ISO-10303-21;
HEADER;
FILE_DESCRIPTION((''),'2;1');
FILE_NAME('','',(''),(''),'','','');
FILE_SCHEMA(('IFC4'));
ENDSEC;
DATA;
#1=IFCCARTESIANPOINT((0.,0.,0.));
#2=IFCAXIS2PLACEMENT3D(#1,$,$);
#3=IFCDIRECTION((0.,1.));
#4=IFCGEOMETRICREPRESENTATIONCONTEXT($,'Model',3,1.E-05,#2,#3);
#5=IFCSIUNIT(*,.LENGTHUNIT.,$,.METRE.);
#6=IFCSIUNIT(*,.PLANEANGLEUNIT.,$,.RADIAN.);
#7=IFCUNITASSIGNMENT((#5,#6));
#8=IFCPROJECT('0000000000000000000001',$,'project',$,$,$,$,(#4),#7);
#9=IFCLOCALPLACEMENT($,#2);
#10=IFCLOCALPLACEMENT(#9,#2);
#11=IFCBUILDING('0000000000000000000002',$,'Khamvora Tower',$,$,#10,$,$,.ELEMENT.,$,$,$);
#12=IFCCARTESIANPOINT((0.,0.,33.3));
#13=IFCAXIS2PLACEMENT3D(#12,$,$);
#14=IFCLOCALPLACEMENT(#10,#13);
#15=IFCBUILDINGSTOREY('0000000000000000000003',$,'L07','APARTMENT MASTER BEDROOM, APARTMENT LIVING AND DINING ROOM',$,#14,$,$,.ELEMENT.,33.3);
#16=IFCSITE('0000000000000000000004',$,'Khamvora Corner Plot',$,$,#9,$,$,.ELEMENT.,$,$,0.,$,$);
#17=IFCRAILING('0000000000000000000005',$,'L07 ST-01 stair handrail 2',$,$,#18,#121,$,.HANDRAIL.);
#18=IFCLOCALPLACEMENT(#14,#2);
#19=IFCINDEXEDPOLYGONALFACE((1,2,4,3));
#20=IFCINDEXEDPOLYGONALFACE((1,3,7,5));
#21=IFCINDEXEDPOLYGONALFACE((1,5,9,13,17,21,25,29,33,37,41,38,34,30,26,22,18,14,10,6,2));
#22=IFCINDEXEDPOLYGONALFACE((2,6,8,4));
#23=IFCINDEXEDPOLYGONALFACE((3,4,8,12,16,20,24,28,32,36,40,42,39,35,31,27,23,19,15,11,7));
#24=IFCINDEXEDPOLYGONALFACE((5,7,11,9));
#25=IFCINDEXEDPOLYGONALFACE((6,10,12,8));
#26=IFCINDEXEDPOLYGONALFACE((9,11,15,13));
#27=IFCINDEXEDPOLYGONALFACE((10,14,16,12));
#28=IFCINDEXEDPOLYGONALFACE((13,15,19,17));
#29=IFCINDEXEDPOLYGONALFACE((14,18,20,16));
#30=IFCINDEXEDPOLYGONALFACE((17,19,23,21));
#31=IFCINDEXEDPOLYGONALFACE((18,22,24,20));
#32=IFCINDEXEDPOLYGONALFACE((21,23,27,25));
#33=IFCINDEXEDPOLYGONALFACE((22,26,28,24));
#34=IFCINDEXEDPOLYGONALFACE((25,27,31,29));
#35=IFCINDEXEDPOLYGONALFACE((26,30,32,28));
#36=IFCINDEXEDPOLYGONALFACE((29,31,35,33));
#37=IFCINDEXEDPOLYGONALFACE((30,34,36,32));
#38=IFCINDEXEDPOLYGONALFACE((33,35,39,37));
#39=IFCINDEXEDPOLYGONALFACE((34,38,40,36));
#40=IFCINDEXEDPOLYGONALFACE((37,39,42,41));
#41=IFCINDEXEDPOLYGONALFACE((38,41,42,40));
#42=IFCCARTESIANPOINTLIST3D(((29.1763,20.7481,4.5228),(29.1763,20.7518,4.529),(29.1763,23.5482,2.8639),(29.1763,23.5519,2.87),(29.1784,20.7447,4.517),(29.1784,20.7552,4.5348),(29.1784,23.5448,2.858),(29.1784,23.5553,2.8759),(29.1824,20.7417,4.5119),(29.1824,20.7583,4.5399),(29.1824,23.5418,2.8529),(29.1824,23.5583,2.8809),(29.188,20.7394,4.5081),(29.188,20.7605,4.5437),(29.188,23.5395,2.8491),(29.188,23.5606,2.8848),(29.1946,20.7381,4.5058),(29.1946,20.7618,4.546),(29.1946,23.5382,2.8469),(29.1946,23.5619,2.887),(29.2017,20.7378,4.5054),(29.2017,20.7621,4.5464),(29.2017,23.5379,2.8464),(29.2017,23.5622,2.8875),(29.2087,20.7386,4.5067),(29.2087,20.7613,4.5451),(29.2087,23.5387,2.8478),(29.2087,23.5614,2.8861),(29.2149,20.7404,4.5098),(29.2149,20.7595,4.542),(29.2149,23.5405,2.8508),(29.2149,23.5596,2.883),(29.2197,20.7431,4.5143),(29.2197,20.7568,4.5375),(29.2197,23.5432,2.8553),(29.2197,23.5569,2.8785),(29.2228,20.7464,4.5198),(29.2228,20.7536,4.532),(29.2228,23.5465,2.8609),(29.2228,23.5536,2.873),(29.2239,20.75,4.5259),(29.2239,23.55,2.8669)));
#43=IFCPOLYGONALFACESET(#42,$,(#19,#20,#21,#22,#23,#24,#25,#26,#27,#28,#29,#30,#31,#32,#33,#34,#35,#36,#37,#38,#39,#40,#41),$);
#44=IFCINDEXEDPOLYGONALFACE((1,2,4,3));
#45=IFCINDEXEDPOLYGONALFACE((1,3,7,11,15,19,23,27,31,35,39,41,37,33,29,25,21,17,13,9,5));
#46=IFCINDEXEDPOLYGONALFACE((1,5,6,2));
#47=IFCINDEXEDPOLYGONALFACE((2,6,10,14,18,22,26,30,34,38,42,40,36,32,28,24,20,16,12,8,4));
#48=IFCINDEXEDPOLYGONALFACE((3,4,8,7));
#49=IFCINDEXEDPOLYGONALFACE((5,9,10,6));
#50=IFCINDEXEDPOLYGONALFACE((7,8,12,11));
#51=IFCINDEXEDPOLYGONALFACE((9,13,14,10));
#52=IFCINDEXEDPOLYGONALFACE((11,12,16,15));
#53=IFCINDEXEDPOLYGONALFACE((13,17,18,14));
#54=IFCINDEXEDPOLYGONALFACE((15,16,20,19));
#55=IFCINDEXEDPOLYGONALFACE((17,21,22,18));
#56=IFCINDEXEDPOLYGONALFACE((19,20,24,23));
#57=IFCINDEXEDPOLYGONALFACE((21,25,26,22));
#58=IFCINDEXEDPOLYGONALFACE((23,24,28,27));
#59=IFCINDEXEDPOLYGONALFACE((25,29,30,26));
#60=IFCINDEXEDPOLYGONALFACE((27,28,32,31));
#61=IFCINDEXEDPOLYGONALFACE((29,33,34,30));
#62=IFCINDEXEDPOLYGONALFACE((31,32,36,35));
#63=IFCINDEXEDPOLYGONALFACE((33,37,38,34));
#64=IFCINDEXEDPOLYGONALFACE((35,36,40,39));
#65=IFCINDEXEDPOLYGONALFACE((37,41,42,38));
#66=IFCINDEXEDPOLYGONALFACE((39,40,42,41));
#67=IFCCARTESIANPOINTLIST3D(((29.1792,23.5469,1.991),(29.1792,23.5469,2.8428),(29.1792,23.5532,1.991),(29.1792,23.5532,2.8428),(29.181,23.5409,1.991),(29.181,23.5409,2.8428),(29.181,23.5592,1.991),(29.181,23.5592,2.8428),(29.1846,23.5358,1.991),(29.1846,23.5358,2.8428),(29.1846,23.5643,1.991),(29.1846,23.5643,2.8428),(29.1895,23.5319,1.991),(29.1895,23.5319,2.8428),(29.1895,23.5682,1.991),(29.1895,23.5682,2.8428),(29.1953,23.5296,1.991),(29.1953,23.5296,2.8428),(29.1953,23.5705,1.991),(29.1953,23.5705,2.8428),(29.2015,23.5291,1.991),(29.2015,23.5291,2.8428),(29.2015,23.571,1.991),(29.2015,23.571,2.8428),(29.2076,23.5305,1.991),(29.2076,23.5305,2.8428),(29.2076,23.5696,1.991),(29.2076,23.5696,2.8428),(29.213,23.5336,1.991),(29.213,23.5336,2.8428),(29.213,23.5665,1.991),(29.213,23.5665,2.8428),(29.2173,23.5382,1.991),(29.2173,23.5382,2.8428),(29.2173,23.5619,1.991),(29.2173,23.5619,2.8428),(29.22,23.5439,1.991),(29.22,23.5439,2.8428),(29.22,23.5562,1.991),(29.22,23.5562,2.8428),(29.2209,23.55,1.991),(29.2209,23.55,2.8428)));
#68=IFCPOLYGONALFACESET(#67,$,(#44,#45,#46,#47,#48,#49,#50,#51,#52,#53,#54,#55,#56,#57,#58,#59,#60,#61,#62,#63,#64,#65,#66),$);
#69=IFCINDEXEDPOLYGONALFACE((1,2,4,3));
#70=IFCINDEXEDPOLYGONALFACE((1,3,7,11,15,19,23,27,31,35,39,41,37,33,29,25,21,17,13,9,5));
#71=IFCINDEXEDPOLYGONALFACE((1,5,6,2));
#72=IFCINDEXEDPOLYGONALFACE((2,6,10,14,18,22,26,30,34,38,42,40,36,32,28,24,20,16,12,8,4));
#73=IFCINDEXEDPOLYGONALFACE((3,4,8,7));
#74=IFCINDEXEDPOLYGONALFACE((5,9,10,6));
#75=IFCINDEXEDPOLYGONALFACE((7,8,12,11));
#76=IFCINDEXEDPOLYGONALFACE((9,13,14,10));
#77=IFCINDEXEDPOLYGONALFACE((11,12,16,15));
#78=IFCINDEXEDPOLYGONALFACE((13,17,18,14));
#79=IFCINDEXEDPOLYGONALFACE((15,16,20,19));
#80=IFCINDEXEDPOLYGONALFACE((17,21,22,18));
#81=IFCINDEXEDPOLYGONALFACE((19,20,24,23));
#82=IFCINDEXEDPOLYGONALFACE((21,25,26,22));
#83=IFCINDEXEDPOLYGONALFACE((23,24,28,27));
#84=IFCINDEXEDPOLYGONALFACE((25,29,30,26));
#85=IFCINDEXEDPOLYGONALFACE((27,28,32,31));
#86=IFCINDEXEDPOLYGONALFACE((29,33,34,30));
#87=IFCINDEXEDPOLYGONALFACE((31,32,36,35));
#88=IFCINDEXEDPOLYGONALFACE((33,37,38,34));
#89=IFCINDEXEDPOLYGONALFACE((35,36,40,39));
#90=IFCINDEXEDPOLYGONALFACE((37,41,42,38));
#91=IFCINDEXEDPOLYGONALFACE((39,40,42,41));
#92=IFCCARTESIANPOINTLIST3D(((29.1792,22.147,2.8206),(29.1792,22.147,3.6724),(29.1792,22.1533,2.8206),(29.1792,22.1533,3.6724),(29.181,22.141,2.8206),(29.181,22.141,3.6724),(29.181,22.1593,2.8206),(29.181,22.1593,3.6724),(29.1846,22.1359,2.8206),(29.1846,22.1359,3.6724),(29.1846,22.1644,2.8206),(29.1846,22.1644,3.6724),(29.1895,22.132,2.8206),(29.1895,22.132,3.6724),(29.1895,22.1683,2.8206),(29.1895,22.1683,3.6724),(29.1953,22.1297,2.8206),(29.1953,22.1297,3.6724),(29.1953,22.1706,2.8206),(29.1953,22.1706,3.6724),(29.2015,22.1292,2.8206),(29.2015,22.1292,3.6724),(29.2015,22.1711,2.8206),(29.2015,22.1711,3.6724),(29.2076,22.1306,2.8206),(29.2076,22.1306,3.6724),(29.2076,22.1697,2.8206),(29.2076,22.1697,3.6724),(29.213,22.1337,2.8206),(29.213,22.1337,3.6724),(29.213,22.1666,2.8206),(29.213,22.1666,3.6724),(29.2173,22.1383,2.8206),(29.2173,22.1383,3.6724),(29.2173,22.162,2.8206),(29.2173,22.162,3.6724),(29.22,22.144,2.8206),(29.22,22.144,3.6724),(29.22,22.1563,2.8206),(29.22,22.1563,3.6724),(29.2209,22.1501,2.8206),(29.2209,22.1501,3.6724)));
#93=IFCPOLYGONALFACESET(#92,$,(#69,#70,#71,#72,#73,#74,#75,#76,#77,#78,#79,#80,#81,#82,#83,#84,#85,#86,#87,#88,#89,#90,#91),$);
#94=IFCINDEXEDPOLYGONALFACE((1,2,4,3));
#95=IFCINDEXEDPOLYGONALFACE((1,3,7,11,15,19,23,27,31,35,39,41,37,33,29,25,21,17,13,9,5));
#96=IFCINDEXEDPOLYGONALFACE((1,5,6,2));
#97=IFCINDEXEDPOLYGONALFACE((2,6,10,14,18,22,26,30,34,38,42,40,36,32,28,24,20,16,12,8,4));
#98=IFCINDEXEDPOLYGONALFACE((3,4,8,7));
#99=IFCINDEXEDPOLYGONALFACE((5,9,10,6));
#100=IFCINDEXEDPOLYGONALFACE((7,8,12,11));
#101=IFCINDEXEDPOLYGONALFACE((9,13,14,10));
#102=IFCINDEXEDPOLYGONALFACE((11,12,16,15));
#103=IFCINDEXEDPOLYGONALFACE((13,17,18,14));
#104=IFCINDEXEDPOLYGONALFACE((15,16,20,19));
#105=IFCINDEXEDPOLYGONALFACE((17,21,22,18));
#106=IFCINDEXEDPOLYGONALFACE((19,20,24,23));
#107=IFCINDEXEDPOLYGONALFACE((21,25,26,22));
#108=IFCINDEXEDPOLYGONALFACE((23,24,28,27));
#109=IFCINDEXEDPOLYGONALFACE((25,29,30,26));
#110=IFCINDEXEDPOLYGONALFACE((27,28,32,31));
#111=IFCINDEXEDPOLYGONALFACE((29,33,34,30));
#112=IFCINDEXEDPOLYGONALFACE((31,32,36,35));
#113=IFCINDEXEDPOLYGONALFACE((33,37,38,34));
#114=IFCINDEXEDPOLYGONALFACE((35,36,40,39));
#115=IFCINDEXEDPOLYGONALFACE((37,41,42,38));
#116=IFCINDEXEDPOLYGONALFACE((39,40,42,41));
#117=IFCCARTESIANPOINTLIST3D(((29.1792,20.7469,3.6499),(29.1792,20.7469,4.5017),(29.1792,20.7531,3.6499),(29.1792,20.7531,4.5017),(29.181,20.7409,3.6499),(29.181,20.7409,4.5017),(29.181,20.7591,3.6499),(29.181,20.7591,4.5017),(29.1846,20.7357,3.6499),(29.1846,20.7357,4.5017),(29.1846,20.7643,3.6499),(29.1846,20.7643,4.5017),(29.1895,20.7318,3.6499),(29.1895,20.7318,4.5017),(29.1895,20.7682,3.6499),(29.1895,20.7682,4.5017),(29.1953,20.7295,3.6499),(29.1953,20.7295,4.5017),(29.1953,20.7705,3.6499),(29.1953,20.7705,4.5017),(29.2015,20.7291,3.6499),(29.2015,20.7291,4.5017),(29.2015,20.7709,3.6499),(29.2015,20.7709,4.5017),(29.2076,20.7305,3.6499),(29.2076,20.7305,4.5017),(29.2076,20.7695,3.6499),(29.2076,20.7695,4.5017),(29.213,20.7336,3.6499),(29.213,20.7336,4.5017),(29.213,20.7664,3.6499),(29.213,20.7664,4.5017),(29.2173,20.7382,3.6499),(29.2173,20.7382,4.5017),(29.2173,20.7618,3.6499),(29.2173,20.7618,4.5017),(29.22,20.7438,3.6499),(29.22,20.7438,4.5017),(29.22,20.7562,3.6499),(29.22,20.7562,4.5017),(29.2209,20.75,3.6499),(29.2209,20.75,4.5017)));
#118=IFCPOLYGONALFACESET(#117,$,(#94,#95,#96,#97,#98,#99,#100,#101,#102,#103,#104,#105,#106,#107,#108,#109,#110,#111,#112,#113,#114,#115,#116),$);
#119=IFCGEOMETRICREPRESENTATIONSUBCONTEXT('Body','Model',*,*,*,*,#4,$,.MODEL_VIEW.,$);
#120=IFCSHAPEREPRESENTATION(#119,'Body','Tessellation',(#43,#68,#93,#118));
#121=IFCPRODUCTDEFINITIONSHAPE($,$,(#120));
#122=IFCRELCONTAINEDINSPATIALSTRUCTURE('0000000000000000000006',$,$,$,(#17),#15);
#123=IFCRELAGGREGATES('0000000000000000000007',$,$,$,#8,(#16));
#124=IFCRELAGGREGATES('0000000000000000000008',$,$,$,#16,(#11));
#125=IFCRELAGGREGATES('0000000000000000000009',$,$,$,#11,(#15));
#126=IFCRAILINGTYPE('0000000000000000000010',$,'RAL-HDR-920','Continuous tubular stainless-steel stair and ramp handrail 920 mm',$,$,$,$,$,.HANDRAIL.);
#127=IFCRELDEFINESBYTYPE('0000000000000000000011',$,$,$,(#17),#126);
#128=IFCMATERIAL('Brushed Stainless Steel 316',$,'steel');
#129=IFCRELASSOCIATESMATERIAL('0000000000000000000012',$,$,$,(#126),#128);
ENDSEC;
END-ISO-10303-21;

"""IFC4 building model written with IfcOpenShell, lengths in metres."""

from ifc_helpers import new_model, si_unit, direction, frame, origin, origin_2d, place, context, subcontext, project, spatial, circle, extrude, material, type_object, element, save


model = new_model("IFC4")

# Units and contexts
model_context = context("Model", 3, precision=1e-05, world=origin(), true_north=direction((0.0, 1.0)))
body_context = subcontext(model_context, "Body", "Model", "MODEL_VIEW")
ifc_project = project(units=[si_unit("LENGTHUNIT", "METRE"), si_unit("PLANEANGLEUNIT", "RADIAN")], contexts=[model_context])

# Site, building, storey
site_placement = place(None, origin())
site = spatial("IfcSite", under=ifc_project, at=site_placement, Name="Khamvora Corner Plot", CompositionType="ELEMENT", RefElevation=0.0)
building_placement = place(site_placement, origin())
building = spatial("IfcBuilding", under=site, at=building_placement, Name="Khamvora Tower", CompositionType="ELEMENT")
storey_placement = place(building_placement, frame((0.0, 0.0, 33.3)))
storey = spatial("IfcBuildingStorey", under=building, at=storey_placement, Name="L07", Description="APARTMENT MASTER BEDROOM, APARTMENT LIVING AND DINING ROOM", CompositionType="ELEMENT", Elevation=33.3)

# Railing
ifc_material_1 = material(Name="Brushed Stainless Steel 316", Category="steel")
railing_type_1 = type_object("IfcRailingType", Name="RAL-HDR-920", Description="Continuous tubular stainless-steel stair and ramp handrail 920 mm", PredefinedType="HANDRAIL", material=ifc_material_1)
railing_1_placement = place(storey_placement, frame((29.2, 23.55, 1.991)))
element("IfcRailing", 1, at=railing_1_placement, inside=storey, type_object=railing_type_1, Name="L07 ST-01 stair handrail 2", PredefinedType="HANDRAIL", context=body_context, shape_type="SweptSolid", body=[
    extrude(circle(Radius=0.0239, at=origin_2d()), frame((0.0, 0.0, 0.876), z_axis=(0.0, -0.860339, 0.509722), x_axis=(1.0, 0.0, 0.0)), (0.0, 0.0, 1.0), 3.2546),
    extrude(circle(Radius=0.021, at=origin_2d()), origin(), (0.0, 0.0, 1.0), 0.8518),
    extrude(circle(Radius=0.021, at=origin_2d()), frame((0.0, -1.3999, 0.8296)), (0.0, 0.0, 1.0), 0.8518),
    extrude(circle(Radius=0.021, at=origin_2d()), frame((0.0, -2.8, 1.6589)), (0.0, 0.0, 1.0), 0.8518),
])

save(model, "model.ifc")
